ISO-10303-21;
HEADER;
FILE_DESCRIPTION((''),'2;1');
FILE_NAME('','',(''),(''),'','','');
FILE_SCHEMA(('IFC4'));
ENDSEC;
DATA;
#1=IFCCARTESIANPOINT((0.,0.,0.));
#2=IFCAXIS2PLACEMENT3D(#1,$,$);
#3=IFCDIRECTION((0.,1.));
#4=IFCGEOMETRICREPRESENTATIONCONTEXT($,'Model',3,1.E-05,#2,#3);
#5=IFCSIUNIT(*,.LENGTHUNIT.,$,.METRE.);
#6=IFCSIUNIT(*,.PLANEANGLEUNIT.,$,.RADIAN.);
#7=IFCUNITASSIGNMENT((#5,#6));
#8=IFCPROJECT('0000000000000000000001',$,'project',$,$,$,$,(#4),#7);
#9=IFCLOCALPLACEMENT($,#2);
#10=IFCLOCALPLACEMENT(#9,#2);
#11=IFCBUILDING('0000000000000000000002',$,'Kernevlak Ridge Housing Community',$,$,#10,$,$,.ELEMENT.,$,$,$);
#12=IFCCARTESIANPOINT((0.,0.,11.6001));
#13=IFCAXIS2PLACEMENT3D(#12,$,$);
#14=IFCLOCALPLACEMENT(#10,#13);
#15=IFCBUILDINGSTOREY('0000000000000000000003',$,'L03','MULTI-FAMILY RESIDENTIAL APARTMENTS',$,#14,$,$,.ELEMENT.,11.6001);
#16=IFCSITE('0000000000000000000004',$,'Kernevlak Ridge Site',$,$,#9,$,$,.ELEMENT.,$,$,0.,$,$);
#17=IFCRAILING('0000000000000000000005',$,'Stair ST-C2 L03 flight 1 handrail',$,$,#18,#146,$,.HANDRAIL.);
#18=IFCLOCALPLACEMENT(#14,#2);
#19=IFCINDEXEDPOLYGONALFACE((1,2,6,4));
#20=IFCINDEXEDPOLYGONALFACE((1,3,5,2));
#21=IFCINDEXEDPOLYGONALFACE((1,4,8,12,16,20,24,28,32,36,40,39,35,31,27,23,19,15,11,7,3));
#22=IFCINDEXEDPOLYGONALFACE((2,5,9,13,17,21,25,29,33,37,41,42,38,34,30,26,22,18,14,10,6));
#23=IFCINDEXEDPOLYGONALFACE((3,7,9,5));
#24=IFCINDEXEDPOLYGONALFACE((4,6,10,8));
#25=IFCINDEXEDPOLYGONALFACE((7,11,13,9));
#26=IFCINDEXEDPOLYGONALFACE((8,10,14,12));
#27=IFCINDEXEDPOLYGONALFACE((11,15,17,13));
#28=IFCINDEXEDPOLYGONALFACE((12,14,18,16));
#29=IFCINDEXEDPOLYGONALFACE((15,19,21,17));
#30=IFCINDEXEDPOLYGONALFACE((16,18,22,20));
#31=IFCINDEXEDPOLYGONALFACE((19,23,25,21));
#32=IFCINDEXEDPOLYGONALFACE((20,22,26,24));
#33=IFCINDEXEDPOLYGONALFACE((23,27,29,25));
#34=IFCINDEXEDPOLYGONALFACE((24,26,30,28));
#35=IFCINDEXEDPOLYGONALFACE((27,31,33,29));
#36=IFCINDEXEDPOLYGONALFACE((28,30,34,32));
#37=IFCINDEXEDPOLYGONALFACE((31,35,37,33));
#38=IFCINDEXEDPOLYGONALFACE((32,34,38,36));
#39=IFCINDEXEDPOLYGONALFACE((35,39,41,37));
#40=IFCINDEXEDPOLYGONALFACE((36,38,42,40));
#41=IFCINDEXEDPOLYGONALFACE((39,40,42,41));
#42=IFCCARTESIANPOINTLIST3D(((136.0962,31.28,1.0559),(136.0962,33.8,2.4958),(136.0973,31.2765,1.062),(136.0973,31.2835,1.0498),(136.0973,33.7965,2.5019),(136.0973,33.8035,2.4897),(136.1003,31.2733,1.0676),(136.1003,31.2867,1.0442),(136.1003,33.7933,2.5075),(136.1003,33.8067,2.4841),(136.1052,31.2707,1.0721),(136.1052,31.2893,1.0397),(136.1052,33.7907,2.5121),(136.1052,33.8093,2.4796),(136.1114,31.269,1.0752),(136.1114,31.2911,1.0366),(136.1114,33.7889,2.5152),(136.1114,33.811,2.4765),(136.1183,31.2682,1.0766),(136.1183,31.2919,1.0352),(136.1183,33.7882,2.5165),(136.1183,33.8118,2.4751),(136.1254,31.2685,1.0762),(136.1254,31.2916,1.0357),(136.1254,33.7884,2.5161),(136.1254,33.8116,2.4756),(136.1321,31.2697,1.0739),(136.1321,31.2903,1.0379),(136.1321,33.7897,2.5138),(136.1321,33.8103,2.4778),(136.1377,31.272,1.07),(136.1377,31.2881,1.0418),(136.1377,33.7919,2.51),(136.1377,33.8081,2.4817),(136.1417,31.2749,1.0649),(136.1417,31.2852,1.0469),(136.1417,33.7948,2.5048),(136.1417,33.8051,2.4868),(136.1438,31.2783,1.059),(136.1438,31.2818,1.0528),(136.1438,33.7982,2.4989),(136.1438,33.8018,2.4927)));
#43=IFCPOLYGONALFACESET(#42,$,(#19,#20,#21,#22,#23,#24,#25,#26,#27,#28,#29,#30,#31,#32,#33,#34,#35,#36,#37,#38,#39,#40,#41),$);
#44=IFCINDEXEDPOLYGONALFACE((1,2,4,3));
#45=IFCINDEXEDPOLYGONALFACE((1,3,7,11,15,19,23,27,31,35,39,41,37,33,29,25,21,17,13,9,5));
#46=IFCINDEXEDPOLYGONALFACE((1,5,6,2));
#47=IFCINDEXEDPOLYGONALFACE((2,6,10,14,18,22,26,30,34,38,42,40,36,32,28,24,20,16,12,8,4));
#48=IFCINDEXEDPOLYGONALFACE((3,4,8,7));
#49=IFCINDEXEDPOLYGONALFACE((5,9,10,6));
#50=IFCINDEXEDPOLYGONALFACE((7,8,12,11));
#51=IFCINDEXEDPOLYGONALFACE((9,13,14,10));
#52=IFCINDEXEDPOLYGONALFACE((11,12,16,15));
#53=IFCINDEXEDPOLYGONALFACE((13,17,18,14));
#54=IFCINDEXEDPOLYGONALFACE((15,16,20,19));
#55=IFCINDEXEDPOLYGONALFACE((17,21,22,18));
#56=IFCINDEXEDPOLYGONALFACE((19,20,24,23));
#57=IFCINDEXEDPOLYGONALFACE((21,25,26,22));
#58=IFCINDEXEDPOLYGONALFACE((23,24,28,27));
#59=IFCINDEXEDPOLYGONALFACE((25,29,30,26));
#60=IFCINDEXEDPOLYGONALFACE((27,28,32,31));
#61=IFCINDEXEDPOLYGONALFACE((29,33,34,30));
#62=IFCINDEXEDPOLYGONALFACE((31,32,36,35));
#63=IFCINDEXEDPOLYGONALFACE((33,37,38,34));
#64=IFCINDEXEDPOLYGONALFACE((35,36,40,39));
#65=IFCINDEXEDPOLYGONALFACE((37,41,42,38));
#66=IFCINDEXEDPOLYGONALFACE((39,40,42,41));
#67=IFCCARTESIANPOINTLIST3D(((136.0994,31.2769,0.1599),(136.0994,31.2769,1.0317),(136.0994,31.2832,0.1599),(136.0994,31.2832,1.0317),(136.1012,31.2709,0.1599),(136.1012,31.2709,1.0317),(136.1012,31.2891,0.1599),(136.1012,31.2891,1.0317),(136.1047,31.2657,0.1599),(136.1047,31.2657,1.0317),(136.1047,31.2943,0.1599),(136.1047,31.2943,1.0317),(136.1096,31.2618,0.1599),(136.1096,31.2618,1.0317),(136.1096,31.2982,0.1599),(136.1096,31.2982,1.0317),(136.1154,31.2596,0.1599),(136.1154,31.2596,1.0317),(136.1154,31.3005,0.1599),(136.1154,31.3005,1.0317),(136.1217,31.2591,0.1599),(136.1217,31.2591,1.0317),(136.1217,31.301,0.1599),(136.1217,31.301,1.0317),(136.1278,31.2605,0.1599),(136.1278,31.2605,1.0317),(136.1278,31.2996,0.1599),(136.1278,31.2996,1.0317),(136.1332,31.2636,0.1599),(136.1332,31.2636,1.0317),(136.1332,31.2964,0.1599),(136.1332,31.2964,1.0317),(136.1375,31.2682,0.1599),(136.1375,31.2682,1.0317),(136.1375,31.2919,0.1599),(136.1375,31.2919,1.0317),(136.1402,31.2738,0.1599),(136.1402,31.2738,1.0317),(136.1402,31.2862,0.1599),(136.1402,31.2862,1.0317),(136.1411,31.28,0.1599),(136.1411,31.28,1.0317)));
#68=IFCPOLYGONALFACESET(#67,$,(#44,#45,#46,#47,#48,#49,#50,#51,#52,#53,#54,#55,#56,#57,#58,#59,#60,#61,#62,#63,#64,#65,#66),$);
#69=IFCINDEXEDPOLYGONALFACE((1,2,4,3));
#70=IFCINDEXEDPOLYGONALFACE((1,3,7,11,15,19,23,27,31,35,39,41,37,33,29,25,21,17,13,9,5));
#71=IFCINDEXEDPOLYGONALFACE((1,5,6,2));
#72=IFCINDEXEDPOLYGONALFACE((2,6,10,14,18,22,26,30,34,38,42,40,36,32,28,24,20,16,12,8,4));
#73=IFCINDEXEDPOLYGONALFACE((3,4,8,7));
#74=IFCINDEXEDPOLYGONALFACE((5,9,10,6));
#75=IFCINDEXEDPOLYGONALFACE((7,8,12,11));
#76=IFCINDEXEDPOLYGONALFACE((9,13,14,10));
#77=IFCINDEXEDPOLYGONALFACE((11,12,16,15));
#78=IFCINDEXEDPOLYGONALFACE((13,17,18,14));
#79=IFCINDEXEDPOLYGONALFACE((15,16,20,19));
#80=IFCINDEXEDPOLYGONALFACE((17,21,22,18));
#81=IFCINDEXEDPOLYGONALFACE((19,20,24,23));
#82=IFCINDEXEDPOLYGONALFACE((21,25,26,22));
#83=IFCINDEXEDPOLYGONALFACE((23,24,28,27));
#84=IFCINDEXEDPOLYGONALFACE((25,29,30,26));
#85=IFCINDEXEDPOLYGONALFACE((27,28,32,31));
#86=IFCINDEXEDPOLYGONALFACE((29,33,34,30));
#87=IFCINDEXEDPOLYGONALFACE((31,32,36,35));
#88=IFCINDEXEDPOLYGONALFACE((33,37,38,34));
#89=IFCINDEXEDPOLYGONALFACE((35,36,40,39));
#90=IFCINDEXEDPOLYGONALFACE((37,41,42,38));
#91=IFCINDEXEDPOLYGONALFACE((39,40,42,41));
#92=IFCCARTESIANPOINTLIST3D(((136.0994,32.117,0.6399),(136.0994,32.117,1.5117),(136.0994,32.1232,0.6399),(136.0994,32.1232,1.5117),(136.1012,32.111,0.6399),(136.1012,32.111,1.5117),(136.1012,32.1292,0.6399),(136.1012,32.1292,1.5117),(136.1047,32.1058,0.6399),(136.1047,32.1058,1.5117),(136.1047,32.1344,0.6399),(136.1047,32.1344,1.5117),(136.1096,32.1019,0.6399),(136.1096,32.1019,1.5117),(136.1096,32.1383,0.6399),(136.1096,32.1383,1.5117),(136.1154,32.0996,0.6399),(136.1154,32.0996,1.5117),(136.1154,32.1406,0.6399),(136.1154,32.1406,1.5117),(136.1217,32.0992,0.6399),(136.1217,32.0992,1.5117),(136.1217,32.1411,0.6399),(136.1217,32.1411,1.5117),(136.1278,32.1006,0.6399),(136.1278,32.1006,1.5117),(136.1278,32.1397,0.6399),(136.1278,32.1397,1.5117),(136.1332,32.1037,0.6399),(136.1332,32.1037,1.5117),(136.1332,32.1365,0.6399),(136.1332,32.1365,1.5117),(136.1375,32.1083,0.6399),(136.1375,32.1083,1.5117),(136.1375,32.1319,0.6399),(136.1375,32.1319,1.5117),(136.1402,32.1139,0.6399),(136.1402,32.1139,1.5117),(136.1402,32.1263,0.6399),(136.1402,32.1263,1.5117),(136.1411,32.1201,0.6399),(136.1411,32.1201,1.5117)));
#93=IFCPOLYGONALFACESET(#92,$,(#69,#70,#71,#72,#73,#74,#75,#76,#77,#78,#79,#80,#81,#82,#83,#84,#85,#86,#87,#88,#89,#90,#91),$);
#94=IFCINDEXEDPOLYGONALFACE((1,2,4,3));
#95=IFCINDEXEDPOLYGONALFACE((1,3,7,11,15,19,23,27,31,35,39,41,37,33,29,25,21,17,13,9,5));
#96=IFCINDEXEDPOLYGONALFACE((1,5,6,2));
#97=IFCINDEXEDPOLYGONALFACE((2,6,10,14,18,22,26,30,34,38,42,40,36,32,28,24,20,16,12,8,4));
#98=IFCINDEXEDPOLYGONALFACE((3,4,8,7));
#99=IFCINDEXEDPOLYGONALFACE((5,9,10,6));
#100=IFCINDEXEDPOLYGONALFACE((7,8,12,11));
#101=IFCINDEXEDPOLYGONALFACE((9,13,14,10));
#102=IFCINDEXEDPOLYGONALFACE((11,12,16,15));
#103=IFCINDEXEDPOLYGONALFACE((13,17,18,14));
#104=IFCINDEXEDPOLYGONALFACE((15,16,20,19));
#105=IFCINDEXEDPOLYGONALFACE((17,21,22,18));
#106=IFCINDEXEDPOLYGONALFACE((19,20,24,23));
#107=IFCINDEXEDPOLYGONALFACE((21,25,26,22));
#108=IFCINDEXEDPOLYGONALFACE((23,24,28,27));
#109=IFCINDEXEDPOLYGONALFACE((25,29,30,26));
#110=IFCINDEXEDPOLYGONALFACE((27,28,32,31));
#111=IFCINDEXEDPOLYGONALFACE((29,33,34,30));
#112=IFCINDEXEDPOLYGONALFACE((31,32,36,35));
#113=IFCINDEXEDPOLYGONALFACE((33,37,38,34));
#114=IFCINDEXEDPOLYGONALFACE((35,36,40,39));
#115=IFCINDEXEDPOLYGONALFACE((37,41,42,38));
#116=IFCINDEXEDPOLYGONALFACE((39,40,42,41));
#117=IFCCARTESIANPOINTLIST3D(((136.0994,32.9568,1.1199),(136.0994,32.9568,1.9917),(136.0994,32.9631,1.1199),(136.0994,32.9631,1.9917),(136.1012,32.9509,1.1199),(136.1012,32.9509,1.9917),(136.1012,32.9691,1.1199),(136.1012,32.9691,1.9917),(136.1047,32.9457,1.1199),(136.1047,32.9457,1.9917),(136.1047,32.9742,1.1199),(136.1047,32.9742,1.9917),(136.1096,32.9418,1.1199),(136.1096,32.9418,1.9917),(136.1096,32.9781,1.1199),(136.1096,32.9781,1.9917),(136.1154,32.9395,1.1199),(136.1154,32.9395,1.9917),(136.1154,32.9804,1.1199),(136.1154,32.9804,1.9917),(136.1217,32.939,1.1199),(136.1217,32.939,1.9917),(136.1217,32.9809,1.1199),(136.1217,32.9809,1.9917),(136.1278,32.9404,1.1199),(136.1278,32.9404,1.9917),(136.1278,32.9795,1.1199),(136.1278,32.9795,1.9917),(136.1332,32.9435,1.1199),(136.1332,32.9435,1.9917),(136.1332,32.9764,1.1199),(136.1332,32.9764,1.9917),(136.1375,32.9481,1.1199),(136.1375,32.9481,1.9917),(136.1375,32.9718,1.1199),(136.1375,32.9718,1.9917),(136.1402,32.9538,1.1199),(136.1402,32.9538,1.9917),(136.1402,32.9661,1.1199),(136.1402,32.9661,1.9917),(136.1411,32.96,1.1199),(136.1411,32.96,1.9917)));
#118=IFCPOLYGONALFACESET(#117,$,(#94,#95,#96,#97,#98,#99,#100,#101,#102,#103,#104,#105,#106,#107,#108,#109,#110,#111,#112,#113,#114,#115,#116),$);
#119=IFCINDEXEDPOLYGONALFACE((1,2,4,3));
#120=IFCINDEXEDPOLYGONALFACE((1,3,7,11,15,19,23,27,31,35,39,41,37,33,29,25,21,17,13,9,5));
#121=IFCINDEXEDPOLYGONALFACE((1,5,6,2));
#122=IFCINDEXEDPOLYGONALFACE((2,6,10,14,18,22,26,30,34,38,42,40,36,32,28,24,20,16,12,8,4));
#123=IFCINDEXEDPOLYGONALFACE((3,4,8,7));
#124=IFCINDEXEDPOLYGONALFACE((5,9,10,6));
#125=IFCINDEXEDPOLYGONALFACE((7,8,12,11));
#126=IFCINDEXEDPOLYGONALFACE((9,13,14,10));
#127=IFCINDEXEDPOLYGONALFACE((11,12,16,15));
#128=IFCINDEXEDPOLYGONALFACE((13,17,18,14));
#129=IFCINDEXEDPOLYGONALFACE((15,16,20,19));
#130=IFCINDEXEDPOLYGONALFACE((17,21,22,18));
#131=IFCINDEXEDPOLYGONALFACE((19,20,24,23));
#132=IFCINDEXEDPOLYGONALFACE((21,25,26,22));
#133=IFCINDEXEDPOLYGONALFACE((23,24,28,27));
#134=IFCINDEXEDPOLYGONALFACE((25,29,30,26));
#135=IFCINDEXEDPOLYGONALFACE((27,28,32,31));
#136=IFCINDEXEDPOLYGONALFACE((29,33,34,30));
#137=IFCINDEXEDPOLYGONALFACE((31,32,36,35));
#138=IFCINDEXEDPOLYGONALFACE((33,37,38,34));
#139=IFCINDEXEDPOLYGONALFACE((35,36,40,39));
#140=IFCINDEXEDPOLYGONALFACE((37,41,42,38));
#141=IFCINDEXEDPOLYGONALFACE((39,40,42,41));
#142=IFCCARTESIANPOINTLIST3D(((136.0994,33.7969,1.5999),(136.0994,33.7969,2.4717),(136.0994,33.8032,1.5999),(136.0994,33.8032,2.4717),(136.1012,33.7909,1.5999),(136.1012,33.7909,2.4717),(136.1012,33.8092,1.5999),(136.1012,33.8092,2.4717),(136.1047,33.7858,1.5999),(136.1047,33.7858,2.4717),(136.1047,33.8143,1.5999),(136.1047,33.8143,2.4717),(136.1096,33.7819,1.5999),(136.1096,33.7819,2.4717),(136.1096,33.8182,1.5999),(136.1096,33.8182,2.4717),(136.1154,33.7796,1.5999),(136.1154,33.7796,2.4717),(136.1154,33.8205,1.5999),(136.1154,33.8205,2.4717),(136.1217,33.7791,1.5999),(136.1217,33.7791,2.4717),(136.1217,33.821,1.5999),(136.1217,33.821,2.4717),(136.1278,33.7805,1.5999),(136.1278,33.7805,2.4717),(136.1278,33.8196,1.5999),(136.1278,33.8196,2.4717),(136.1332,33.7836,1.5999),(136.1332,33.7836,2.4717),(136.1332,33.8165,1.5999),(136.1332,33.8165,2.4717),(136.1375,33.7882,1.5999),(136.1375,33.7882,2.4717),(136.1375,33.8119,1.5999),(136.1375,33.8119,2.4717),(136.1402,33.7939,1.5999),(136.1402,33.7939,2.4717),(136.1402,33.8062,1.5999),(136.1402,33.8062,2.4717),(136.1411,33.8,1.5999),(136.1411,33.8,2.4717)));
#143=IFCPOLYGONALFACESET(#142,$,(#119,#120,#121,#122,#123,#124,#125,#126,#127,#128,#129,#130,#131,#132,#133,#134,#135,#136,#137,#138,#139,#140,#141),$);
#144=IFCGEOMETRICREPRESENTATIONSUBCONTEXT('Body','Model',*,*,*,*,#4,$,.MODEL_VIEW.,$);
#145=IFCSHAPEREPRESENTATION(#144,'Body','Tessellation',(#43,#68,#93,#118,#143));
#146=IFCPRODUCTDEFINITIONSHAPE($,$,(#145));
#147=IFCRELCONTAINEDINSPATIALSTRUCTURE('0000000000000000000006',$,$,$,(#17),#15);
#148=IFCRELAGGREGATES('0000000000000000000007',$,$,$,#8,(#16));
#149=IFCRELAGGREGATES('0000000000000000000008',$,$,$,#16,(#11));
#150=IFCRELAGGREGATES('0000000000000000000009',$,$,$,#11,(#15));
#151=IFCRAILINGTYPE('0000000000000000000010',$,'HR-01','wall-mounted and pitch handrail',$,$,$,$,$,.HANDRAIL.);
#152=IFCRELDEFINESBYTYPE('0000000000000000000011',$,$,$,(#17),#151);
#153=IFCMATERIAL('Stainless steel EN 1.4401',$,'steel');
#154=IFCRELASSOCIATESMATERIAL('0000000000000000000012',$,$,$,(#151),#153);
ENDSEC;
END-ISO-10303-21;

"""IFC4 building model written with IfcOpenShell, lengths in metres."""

from ifc_helpers import new_model, si_unit, direction, frame, origin, origin_2d, place, context, subcontext, project, spatial, circle, extrude, material, type_object, element, save


model = new_model("IFC4")

# Units and contexts
model_context = context("Model", 3, precision=1e-05, world=origin(), true_north=direction((0.0, 1.0)))
body_context = subcontext(model_context, "Body", "Model", "MODEL_VIEW")
ifc_project = project(units=[si_unit("LENGTHUNIT", "METRE"), si_unit("PLANEANGLEUNIT", "RADIAN")], contexts=[model_context])

# Site, building, storey
site_placement = place(None, origin())
site = spatial("IfcSite", under=ifc_project, at=site_placement, Name="Kernevlak Ridge Site", CompositionType="ELEMENT", RefElevation=0.0)
building_placement = place(site_placement, origin())
building = spatial("IfcBuilding", under=site, at=building_placement, Name="Kernevlak Ridge Housing Community", CompositionType="ELEMENT")
storey_placement = place(building_placement, frame((0.0, 0.0, 11.6001)))
storey = spatial("IfcBuildingStorey", under=building, at=storey_placement, Name="L03", Description="MULTI-FAMILY RESIDENTIAL APARTMENTS", CompositionType="ELEMENT", Elevation=11.6001)

# Railing
ifc_material_1 = material(Name="Stainless steel EN 1.4401", Category="steel")
railing_type_1 = type_object("IfcRailingType", Name="HR-01", Description="wall-mounted and pitch handrail", PredefinedType="HANDRAIL", material=ifc_material_1)
railing_1_placement = place(storey_placement, frame((136.1201, 31.28, 0.1599)))
element("IfcRailing", 1, at=railing_1_placement, inside=storey, type_object=railing_type_1, Name="Stair ST-C2 L03 flight 1 handrail", PredefinedType="HANDRAIL", context=body_context, shape_type="SweptSolid", body=[
    extrude(circle(Radius=0.0239, at=origin_2d()), frame((0.0, 0.0, 0.896), z_axis=(0.0, 0.868253, 0.496121), x_axis=(-1.0, 0.0, 0.0)), (0.0, 0.0, 1.0), 2.9023),
    extrude(circle(Radius=0.021, at=origin_2d()), origin(), (0.0, 0.0, 1.0), 0.8718),
    extrude(circle(Radius=0.021, at=origin_2d()), frame((0.0, 0.8401, 0.48)), (0.0, 0.0, 1.0), 0.8718),
    extrude(circle(Radius=0.021, at=origin_2d()), frame((0.0, 1.6799, 0.96)), (0.0, 0.0, 1.0), 0.8718),
    extrude(circle(Radius=0.021, at=origin_2d()), frame((0.0, 2.52, 1.4399)), (0.0, 0.0, 1.0), 0.8718),
])

save(model, "model.ifc")
